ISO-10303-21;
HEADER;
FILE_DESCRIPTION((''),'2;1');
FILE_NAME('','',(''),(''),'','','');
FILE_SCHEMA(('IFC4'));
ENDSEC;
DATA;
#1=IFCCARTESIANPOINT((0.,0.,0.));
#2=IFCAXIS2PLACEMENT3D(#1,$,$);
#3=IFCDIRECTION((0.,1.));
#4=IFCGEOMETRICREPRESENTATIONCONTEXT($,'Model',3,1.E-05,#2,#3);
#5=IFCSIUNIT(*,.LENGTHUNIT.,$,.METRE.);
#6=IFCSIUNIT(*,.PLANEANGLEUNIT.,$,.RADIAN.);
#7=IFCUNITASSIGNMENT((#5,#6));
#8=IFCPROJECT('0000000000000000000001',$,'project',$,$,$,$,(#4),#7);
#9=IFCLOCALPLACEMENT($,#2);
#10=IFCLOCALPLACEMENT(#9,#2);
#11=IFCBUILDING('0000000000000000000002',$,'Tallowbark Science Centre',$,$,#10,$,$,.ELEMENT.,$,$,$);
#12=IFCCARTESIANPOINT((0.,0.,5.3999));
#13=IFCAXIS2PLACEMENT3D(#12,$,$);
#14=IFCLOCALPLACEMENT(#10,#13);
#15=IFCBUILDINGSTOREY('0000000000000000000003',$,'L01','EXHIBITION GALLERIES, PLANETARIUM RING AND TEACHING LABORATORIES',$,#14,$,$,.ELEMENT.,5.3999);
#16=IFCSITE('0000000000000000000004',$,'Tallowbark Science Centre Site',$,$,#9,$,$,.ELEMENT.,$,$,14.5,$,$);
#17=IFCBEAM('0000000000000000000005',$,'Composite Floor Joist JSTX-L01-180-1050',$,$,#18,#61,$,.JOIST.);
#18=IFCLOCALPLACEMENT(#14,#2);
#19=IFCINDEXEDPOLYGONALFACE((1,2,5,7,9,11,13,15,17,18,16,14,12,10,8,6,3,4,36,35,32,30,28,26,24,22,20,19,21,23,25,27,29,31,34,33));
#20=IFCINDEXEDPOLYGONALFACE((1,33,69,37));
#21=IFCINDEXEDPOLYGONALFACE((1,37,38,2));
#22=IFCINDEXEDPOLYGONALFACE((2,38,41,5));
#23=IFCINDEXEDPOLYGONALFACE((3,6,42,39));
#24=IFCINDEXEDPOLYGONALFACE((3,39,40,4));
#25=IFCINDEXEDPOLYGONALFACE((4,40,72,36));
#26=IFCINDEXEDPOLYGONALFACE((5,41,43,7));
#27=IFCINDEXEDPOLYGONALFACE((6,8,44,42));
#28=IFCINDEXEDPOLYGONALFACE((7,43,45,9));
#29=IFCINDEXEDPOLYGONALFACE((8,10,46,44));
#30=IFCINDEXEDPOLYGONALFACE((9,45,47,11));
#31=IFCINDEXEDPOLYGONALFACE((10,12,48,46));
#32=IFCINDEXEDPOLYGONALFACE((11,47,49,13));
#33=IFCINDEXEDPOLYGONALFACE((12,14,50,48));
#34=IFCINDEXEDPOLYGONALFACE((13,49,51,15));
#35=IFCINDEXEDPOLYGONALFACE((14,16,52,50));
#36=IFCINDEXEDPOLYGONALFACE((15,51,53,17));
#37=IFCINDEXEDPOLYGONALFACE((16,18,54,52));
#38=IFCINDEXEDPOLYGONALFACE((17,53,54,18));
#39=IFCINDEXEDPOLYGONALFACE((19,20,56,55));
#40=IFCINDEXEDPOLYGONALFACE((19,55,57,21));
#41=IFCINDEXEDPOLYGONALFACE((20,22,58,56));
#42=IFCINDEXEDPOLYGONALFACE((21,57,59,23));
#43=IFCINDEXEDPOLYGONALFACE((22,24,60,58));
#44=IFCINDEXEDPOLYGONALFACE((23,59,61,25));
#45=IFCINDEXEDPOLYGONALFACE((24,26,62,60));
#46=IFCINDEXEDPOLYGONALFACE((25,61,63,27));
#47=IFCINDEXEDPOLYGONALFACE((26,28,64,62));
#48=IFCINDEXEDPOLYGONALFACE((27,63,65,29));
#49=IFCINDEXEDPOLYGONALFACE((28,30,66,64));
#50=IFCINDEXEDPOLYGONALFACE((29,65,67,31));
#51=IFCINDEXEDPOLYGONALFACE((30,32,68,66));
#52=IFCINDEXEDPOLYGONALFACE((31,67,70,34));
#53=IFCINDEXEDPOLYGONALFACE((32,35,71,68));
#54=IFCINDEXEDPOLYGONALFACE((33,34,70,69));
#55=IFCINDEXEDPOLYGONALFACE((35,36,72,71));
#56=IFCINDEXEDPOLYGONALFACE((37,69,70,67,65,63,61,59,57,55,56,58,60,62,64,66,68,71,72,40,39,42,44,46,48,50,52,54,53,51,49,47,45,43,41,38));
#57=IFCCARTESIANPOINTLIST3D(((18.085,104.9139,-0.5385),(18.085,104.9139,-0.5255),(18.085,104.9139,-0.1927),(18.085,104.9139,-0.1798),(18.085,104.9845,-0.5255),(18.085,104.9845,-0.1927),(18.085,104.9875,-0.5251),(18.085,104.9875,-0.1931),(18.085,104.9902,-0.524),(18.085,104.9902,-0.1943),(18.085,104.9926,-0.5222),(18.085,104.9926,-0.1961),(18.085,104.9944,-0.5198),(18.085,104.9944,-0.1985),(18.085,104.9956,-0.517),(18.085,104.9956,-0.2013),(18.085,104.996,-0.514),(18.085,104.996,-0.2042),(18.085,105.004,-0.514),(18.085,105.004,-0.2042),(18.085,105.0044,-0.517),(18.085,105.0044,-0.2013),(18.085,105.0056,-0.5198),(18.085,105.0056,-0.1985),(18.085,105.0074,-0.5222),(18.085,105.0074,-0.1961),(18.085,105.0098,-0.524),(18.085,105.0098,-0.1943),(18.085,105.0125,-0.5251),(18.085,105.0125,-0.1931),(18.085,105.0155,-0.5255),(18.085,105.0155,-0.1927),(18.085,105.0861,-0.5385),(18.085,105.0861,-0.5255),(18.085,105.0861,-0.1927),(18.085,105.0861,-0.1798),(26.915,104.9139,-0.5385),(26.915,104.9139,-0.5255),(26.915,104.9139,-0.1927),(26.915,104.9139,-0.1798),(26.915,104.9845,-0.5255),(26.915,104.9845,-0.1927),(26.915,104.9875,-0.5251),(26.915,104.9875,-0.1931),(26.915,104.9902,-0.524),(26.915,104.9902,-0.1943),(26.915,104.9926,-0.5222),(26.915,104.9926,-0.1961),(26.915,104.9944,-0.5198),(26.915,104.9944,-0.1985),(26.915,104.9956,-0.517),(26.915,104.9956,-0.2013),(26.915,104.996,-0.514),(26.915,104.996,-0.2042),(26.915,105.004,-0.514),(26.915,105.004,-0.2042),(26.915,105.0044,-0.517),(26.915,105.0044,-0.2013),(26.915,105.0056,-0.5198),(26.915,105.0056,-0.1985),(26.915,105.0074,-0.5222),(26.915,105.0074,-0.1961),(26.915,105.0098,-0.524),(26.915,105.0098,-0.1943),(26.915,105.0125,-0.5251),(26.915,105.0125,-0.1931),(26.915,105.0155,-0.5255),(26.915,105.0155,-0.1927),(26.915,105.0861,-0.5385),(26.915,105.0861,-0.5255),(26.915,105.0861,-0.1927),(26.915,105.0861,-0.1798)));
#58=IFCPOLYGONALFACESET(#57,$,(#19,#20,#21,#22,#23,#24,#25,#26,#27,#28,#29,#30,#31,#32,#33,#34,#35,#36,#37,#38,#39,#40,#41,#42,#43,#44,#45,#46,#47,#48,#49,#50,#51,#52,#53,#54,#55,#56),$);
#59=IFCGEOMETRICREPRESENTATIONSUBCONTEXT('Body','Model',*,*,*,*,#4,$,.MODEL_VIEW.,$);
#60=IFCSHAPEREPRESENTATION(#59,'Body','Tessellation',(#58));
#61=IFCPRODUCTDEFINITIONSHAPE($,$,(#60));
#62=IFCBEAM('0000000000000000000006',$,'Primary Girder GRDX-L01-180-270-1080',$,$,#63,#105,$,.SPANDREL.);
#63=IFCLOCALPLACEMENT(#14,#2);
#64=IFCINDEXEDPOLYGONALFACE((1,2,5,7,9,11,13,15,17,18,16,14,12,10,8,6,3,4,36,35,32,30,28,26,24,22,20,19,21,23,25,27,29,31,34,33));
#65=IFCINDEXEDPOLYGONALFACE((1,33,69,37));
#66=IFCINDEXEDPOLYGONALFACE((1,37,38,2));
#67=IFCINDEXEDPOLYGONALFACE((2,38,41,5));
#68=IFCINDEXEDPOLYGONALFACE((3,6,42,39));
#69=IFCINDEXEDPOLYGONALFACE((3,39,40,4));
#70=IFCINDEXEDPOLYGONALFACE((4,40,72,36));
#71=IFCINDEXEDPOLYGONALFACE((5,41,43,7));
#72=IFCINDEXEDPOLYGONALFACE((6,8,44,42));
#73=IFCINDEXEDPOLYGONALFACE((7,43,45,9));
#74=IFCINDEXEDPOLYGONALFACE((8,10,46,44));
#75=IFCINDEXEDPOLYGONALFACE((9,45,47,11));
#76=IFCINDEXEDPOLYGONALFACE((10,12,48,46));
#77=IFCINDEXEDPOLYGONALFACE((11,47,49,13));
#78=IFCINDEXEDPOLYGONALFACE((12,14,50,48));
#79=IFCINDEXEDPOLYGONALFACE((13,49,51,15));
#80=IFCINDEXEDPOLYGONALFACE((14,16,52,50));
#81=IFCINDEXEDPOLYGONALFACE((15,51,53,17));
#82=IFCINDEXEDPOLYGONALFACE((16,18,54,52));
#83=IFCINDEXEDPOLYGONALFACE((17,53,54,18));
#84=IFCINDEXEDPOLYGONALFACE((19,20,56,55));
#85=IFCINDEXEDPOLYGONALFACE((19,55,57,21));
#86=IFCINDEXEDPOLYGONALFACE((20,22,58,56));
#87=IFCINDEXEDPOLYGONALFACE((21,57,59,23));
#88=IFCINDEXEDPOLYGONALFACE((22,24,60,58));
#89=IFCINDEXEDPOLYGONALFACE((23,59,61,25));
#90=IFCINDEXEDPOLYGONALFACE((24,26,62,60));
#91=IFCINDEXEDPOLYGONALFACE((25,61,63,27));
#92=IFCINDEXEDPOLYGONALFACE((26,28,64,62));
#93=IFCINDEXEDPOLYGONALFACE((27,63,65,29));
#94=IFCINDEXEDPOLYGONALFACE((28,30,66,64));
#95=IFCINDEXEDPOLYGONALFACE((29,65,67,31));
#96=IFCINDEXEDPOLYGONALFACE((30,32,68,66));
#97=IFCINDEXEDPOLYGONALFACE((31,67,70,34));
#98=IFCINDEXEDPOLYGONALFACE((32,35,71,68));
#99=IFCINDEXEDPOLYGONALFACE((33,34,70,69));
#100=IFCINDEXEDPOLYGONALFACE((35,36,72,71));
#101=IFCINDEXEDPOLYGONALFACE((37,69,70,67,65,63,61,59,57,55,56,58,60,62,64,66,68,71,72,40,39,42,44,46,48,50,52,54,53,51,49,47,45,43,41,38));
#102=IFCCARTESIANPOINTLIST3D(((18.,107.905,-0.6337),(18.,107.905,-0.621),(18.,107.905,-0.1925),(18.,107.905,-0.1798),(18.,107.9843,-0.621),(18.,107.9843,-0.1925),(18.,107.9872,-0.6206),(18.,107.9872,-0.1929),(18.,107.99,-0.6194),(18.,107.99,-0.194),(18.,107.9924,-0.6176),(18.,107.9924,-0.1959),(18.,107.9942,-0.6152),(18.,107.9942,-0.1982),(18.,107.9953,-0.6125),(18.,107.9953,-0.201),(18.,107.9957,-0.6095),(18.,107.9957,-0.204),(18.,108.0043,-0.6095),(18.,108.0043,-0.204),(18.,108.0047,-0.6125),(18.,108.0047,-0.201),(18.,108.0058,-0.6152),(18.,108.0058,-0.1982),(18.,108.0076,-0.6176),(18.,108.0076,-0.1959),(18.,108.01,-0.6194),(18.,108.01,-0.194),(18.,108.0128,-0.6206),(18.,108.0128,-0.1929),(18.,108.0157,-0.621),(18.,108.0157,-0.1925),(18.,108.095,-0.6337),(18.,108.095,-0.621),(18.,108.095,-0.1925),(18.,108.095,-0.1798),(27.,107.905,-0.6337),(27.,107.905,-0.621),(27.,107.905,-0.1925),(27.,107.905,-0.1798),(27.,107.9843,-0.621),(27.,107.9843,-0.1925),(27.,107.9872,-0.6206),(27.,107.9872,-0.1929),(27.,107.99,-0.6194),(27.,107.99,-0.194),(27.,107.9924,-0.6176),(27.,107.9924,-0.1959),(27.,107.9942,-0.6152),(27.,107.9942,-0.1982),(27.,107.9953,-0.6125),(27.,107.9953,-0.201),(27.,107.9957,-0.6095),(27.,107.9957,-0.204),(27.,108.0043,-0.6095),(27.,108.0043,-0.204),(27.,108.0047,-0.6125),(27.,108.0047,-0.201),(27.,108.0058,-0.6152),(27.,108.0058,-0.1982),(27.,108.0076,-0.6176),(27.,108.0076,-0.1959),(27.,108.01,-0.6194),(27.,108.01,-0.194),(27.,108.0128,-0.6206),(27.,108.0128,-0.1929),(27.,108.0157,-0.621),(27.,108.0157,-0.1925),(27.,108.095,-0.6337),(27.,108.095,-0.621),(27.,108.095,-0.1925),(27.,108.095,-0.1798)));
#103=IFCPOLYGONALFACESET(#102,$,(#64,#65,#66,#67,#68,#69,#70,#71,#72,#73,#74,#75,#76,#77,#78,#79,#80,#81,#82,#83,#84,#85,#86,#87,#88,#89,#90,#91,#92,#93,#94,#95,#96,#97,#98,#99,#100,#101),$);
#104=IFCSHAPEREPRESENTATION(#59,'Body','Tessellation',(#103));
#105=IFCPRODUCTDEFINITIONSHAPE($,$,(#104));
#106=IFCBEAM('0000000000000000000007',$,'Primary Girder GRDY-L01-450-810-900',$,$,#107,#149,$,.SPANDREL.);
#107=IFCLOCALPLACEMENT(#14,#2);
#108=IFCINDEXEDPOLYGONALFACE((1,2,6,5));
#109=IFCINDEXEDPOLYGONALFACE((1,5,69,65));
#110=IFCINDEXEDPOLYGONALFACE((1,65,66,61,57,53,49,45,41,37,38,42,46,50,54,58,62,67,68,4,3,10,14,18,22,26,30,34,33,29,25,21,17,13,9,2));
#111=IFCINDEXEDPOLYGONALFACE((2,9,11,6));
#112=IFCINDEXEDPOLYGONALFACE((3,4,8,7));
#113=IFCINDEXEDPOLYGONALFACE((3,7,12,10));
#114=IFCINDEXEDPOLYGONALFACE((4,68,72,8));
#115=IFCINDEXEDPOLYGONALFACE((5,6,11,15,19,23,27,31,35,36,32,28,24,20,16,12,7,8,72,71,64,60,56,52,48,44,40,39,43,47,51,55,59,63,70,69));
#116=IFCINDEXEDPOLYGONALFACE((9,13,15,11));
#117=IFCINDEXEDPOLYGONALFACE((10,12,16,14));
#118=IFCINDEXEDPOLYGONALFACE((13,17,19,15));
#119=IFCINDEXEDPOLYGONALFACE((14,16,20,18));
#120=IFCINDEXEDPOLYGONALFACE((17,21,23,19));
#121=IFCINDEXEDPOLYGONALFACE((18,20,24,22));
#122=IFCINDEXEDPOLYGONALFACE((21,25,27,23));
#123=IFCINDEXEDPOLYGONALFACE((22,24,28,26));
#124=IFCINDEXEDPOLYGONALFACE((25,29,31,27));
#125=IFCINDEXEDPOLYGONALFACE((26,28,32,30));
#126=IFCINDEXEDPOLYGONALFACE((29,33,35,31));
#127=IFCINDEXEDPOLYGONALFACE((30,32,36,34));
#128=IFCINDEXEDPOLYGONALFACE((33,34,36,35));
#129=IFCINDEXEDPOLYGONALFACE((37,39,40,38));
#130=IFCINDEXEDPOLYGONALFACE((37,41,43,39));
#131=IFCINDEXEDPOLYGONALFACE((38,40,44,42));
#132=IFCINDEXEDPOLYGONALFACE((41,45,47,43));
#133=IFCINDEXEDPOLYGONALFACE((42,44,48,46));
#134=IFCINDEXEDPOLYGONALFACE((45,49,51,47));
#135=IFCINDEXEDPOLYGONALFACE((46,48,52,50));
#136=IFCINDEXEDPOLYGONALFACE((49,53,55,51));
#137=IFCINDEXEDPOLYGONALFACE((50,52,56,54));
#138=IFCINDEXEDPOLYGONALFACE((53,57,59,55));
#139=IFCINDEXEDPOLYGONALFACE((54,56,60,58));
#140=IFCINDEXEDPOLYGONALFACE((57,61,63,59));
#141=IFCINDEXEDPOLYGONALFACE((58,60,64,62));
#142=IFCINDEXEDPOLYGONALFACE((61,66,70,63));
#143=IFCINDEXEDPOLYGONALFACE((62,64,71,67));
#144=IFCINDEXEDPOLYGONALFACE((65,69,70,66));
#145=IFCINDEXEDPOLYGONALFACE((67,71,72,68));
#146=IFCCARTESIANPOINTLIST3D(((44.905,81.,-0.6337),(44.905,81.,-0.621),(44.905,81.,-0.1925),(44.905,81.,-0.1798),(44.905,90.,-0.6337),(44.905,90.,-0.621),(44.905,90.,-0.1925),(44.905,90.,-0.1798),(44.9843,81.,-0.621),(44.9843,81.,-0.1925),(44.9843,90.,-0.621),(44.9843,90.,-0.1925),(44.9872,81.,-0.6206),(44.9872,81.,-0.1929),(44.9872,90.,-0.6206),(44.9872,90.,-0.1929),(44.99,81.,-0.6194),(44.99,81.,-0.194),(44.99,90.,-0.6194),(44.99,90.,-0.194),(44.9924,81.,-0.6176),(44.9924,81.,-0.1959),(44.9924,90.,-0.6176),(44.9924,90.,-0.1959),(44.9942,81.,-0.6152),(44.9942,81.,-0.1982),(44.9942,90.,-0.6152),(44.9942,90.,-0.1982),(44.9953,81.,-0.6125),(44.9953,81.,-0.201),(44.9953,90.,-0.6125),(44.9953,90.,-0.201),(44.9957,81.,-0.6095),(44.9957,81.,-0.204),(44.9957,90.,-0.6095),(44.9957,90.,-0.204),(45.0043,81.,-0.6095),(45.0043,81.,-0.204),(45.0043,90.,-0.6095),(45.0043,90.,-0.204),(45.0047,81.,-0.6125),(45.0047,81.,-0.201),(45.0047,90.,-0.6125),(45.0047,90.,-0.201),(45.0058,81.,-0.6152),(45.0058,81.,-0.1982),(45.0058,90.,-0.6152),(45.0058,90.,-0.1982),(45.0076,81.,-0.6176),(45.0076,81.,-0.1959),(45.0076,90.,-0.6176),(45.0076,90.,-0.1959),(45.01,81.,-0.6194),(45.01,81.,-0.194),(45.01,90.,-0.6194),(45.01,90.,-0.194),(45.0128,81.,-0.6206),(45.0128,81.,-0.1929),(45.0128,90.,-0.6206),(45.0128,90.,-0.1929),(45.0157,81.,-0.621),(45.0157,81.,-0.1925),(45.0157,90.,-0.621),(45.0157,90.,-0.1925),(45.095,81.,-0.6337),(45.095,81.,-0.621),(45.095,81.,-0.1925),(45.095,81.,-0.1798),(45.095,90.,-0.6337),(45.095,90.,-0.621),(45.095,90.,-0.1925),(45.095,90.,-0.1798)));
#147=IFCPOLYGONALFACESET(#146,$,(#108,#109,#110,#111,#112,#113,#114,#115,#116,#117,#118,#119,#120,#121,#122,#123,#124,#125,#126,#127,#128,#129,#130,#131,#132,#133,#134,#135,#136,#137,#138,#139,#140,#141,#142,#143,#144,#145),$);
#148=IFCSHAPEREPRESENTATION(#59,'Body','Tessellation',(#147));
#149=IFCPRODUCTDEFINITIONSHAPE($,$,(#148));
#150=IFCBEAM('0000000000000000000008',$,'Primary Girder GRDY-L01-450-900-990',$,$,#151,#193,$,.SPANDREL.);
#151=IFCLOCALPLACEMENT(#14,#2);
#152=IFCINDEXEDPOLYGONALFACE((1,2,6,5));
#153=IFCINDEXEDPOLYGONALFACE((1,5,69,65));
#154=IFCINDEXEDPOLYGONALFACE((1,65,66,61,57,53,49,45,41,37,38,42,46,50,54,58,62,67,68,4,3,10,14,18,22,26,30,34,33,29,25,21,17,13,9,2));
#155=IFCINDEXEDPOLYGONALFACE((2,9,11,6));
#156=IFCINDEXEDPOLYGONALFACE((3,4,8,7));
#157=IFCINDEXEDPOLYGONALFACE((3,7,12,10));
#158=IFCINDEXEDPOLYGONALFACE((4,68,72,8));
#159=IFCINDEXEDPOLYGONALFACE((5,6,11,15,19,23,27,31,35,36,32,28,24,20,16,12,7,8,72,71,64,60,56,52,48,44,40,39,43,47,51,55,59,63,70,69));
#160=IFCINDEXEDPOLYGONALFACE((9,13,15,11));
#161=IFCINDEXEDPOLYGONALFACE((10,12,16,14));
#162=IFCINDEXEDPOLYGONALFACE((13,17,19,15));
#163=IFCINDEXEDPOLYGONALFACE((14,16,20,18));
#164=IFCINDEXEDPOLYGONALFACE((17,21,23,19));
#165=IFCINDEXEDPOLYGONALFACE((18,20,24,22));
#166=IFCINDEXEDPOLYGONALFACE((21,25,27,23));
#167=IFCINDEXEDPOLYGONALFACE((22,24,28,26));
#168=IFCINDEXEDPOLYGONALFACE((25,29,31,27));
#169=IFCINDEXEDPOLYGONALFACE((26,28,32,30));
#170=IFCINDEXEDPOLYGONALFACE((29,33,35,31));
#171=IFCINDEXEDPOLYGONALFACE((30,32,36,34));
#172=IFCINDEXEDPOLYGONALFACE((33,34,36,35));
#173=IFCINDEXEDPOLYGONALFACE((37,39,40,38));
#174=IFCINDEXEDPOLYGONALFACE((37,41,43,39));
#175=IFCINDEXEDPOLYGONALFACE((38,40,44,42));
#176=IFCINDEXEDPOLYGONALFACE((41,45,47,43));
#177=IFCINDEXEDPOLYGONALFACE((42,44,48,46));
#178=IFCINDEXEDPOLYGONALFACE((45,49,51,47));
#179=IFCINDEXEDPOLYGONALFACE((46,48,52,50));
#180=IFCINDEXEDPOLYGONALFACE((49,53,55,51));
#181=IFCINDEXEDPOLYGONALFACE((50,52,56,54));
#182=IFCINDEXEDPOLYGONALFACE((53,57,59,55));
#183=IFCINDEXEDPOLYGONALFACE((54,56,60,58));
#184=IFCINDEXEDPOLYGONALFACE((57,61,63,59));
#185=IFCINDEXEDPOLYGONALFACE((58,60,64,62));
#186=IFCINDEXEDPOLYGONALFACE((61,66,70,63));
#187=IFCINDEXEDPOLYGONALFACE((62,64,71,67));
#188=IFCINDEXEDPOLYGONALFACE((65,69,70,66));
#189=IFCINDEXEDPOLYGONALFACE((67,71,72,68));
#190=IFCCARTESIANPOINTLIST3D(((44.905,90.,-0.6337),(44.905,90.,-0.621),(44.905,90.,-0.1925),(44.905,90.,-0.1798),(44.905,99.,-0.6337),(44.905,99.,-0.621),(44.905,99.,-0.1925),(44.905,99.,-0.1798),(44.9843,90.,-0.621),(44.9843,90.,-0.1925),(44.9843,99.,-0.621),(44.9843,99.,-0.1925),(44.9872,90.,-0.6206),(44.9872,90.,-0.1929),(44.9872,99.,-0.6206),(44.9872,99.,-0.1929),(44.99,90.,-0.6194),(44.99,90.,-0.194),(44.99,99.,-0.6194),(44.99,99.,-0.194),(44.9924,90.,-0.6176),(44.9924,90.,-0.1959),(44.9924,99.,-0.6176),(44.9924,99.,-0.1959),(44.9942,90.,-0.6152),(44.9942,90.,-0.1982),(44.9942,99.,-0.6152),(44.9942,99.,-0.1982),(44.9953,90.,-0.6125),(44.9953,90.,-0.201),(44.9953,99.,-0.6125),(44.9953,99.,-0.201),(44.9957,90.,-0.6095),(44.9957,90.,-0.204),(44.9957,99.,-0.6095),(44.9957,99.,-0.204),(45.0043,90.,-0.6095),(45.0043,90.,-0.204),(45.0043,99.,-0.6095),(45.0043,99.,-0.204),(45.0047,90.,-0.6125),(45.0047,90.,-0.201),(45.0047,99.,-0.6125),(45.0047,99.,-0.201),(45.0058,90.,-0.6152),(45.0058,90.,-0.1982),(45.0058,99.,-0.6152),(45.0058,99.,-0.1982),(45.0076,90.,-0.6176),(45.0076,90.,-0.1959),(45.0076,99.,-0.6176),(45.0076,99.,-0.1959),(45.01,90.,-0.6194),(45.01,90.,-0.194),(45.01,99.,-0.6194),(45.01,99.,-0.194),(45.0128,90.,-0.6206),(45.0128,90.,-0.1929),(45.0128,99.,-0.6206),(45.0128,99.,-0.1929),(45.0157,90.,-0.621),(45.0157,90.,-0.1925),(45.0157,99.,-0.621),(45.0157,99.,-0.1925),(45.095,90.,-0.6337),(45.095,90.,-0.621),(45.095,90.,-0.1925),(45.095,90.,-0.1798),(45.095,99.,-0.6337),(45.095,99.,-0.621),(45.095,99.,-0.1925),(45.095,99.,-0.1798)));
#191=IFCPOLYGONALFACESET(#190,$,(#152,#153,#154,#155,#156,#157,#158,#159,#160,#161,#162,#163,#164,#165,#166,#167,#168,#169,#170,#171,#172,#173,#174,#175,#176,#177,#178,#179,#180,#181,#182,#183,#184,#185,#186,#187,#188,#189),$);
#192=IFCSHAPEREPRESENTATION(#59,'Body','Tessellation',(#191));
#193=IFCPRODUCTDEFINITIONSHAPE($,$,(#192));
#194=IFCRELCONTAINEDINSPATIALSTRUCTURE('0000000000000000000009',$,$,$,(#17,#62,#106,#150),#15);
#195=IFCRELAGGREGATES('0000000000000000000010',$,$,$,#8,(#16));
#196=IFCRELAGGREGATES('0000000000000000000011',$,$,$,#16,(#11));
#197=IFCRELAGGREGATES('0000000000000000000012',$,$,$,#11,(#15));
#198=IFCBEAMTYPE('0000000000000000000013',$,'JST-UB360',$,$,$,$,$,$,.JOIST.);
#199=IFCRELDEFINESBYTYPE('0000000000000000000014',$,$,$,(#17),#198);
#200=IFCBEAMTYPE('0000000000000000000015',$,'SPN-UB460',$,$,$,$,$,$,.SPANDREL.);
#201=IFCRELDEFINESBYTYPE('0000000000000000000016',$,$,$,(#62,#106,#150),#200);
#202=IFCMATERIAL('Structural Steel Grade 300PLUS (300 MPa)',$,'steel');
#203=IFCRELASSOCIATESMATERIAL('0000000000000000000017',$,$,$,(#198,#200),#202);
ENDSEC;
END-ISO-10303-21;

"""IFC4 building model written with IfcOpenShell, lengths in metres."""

from ifc_helpers import new_model, si_unit, direction, frame, origin, origin_2d, place, context, subcontext, project, spatial, i_section, extrude, material, material_profile, profile_set, type_object, element, save


model = new_model("IFC4")

# Units and contexts
model_context = context("Model", 3, precision=1e-05, world=origin(), true_north=direction((0.0, 1.0)))
body_context = subcontext(model_context, "Body", "Model", "MODEL_VIEW")
ifc_project = project(units=[si_unit("LENGTHUNIT", "METRE"), si_unit("PLANEANGLEUNIT", "RADIAN")], contexts=[model_context])

# Site, building, storey
site_placement = place(None, origin())
site = spatial("IfcSite", under=ifc_project, at=site_placement, Name="Tallowbark Science Centre Site", CompositionType="ELEMENT", RefElevation=14.5)
building_placement = place(site_placement, origin())
building = spatial("IfcBuilding", under=site, at=building_placement, Name="Tallowbark Science Centre", CompositionType="ELEMENT")
storey_placement = place(building_placement, frame((0.0, 0.0, 5.3999)))
storey = spatial("IfcBuildingStorey", under=building, at=storey_placement, Name="L01", Description="EXHIBITION GALLERIES, PLANETARIUM RING AND TEACHING LABORATORIES", CompositionType="ELEMENT", Elevation=5.3999)

# Shared definitions
ifc_material = material(Name="Structural Steel Grade 300PLUS (300 MPa)", Category="steel")

# Beams
ifc_material_profile_1 = material_profile(ifc_material, i_section(OverallWidth=0.1721, OverallDepth=0.3586, WebThickness=0.0081, FlangeThickness=0.0129, FilletRadius=0.0115, at=origin_2d()), Name="360UB56.7")
ifc_profile_set_1 = profile_set([ifc_material_profile_1], Name="Structural Steel Grade 300PLUS (300 MPa)")
beam_type_1 = type_object("IfcBeamType", Name="JST-UB360", PredefinedType="JOIST", material=ifc_profile_set_1)
for number, where, z_axis, x_axis, name in (
    (1, (18.085, 105.0, -0.3591), (1.0, 0.0, 0.0), (0.0, 1.0, 0.0), "Composite Floor Joist JSTX-L01-180-1050"),
):
    element("IfcBeam", number, at=place(storey_placement, frame(where, z_axis=z_axis, x_axis=x_axis)), inside=storey, type_object=beam_type_1, Name=name, PredefinedType="JOIST", context=body_context, shape_type="SweptSolid", body=[
        extrude(i_section(OverallWidth=0.1721, OverallDepth=0.3586, WebThickness=0.0081, FlangeThickness=0.0129, FilletRadius=0.0115, at=origin_2d()), origin(), (0.0, 0.0, 1.0), 8.8301),
    ])
ifc_material_profile_2 = material_profile(ifc_material, i_section(OverallWidth=0.1899, OverallDepth=0.4539, WebThickness=0.0085, FlangeThickness=0.0127, FilletRadius=0.0115, at=origin_2d()), Name="460UB67.1")
ifc_profile_set_2 = profile_set([ifc_material_profile_2], Name="Structural Steel Grade 300PLUS (300 MPa)")
beam_type_2 = type_object("IfcBeamType", Name="SPN-UB460", PredefinedType="SPANDREL", material=ifc_profile_set_2)
for number, where, z_axis, x_axis, name in (
    (2, (18.0, 108.0, -0.4067), (1.0, 0.0, 0.0), (0.0, 1.0, 0.0), "Primary Girder GRDX-L01-180-270-1080"),
    (3, (45.0, 81.0, -0.4067), (0.0, 1.0, 0.0), (-1.0, 0.0, 0.0), "Primary Girder GRDY-L01-450-810-900"),
    (4, (45.0, 90.0, -0.4067), (0.0, 1.0, 0.0), (-1.0, 0.0, 0.0), "Primary Girder GRDY-L01-450-900-990"),
):
    element("IfcBeam", number, at=place(storey_placement, frame(where, z_axis=z_axis, x_axis=x_axis)), inside=storey, type_object=beam_type_2, Name=name, PredefinedType="SPANDREL", context=body_context, shape_type="SweptSolid", body=[
        extrude(i_section(OverallWidth=0.1899, OverallDepth=0.4539, WebThickness=0.0085, FlangeThickness=0.0127, FilletRadius=0.0115, at=origin_2d()), origin(), (0.0, 0.0, 1.0), 9.0),
    ])

save(model, "model.ifc")
